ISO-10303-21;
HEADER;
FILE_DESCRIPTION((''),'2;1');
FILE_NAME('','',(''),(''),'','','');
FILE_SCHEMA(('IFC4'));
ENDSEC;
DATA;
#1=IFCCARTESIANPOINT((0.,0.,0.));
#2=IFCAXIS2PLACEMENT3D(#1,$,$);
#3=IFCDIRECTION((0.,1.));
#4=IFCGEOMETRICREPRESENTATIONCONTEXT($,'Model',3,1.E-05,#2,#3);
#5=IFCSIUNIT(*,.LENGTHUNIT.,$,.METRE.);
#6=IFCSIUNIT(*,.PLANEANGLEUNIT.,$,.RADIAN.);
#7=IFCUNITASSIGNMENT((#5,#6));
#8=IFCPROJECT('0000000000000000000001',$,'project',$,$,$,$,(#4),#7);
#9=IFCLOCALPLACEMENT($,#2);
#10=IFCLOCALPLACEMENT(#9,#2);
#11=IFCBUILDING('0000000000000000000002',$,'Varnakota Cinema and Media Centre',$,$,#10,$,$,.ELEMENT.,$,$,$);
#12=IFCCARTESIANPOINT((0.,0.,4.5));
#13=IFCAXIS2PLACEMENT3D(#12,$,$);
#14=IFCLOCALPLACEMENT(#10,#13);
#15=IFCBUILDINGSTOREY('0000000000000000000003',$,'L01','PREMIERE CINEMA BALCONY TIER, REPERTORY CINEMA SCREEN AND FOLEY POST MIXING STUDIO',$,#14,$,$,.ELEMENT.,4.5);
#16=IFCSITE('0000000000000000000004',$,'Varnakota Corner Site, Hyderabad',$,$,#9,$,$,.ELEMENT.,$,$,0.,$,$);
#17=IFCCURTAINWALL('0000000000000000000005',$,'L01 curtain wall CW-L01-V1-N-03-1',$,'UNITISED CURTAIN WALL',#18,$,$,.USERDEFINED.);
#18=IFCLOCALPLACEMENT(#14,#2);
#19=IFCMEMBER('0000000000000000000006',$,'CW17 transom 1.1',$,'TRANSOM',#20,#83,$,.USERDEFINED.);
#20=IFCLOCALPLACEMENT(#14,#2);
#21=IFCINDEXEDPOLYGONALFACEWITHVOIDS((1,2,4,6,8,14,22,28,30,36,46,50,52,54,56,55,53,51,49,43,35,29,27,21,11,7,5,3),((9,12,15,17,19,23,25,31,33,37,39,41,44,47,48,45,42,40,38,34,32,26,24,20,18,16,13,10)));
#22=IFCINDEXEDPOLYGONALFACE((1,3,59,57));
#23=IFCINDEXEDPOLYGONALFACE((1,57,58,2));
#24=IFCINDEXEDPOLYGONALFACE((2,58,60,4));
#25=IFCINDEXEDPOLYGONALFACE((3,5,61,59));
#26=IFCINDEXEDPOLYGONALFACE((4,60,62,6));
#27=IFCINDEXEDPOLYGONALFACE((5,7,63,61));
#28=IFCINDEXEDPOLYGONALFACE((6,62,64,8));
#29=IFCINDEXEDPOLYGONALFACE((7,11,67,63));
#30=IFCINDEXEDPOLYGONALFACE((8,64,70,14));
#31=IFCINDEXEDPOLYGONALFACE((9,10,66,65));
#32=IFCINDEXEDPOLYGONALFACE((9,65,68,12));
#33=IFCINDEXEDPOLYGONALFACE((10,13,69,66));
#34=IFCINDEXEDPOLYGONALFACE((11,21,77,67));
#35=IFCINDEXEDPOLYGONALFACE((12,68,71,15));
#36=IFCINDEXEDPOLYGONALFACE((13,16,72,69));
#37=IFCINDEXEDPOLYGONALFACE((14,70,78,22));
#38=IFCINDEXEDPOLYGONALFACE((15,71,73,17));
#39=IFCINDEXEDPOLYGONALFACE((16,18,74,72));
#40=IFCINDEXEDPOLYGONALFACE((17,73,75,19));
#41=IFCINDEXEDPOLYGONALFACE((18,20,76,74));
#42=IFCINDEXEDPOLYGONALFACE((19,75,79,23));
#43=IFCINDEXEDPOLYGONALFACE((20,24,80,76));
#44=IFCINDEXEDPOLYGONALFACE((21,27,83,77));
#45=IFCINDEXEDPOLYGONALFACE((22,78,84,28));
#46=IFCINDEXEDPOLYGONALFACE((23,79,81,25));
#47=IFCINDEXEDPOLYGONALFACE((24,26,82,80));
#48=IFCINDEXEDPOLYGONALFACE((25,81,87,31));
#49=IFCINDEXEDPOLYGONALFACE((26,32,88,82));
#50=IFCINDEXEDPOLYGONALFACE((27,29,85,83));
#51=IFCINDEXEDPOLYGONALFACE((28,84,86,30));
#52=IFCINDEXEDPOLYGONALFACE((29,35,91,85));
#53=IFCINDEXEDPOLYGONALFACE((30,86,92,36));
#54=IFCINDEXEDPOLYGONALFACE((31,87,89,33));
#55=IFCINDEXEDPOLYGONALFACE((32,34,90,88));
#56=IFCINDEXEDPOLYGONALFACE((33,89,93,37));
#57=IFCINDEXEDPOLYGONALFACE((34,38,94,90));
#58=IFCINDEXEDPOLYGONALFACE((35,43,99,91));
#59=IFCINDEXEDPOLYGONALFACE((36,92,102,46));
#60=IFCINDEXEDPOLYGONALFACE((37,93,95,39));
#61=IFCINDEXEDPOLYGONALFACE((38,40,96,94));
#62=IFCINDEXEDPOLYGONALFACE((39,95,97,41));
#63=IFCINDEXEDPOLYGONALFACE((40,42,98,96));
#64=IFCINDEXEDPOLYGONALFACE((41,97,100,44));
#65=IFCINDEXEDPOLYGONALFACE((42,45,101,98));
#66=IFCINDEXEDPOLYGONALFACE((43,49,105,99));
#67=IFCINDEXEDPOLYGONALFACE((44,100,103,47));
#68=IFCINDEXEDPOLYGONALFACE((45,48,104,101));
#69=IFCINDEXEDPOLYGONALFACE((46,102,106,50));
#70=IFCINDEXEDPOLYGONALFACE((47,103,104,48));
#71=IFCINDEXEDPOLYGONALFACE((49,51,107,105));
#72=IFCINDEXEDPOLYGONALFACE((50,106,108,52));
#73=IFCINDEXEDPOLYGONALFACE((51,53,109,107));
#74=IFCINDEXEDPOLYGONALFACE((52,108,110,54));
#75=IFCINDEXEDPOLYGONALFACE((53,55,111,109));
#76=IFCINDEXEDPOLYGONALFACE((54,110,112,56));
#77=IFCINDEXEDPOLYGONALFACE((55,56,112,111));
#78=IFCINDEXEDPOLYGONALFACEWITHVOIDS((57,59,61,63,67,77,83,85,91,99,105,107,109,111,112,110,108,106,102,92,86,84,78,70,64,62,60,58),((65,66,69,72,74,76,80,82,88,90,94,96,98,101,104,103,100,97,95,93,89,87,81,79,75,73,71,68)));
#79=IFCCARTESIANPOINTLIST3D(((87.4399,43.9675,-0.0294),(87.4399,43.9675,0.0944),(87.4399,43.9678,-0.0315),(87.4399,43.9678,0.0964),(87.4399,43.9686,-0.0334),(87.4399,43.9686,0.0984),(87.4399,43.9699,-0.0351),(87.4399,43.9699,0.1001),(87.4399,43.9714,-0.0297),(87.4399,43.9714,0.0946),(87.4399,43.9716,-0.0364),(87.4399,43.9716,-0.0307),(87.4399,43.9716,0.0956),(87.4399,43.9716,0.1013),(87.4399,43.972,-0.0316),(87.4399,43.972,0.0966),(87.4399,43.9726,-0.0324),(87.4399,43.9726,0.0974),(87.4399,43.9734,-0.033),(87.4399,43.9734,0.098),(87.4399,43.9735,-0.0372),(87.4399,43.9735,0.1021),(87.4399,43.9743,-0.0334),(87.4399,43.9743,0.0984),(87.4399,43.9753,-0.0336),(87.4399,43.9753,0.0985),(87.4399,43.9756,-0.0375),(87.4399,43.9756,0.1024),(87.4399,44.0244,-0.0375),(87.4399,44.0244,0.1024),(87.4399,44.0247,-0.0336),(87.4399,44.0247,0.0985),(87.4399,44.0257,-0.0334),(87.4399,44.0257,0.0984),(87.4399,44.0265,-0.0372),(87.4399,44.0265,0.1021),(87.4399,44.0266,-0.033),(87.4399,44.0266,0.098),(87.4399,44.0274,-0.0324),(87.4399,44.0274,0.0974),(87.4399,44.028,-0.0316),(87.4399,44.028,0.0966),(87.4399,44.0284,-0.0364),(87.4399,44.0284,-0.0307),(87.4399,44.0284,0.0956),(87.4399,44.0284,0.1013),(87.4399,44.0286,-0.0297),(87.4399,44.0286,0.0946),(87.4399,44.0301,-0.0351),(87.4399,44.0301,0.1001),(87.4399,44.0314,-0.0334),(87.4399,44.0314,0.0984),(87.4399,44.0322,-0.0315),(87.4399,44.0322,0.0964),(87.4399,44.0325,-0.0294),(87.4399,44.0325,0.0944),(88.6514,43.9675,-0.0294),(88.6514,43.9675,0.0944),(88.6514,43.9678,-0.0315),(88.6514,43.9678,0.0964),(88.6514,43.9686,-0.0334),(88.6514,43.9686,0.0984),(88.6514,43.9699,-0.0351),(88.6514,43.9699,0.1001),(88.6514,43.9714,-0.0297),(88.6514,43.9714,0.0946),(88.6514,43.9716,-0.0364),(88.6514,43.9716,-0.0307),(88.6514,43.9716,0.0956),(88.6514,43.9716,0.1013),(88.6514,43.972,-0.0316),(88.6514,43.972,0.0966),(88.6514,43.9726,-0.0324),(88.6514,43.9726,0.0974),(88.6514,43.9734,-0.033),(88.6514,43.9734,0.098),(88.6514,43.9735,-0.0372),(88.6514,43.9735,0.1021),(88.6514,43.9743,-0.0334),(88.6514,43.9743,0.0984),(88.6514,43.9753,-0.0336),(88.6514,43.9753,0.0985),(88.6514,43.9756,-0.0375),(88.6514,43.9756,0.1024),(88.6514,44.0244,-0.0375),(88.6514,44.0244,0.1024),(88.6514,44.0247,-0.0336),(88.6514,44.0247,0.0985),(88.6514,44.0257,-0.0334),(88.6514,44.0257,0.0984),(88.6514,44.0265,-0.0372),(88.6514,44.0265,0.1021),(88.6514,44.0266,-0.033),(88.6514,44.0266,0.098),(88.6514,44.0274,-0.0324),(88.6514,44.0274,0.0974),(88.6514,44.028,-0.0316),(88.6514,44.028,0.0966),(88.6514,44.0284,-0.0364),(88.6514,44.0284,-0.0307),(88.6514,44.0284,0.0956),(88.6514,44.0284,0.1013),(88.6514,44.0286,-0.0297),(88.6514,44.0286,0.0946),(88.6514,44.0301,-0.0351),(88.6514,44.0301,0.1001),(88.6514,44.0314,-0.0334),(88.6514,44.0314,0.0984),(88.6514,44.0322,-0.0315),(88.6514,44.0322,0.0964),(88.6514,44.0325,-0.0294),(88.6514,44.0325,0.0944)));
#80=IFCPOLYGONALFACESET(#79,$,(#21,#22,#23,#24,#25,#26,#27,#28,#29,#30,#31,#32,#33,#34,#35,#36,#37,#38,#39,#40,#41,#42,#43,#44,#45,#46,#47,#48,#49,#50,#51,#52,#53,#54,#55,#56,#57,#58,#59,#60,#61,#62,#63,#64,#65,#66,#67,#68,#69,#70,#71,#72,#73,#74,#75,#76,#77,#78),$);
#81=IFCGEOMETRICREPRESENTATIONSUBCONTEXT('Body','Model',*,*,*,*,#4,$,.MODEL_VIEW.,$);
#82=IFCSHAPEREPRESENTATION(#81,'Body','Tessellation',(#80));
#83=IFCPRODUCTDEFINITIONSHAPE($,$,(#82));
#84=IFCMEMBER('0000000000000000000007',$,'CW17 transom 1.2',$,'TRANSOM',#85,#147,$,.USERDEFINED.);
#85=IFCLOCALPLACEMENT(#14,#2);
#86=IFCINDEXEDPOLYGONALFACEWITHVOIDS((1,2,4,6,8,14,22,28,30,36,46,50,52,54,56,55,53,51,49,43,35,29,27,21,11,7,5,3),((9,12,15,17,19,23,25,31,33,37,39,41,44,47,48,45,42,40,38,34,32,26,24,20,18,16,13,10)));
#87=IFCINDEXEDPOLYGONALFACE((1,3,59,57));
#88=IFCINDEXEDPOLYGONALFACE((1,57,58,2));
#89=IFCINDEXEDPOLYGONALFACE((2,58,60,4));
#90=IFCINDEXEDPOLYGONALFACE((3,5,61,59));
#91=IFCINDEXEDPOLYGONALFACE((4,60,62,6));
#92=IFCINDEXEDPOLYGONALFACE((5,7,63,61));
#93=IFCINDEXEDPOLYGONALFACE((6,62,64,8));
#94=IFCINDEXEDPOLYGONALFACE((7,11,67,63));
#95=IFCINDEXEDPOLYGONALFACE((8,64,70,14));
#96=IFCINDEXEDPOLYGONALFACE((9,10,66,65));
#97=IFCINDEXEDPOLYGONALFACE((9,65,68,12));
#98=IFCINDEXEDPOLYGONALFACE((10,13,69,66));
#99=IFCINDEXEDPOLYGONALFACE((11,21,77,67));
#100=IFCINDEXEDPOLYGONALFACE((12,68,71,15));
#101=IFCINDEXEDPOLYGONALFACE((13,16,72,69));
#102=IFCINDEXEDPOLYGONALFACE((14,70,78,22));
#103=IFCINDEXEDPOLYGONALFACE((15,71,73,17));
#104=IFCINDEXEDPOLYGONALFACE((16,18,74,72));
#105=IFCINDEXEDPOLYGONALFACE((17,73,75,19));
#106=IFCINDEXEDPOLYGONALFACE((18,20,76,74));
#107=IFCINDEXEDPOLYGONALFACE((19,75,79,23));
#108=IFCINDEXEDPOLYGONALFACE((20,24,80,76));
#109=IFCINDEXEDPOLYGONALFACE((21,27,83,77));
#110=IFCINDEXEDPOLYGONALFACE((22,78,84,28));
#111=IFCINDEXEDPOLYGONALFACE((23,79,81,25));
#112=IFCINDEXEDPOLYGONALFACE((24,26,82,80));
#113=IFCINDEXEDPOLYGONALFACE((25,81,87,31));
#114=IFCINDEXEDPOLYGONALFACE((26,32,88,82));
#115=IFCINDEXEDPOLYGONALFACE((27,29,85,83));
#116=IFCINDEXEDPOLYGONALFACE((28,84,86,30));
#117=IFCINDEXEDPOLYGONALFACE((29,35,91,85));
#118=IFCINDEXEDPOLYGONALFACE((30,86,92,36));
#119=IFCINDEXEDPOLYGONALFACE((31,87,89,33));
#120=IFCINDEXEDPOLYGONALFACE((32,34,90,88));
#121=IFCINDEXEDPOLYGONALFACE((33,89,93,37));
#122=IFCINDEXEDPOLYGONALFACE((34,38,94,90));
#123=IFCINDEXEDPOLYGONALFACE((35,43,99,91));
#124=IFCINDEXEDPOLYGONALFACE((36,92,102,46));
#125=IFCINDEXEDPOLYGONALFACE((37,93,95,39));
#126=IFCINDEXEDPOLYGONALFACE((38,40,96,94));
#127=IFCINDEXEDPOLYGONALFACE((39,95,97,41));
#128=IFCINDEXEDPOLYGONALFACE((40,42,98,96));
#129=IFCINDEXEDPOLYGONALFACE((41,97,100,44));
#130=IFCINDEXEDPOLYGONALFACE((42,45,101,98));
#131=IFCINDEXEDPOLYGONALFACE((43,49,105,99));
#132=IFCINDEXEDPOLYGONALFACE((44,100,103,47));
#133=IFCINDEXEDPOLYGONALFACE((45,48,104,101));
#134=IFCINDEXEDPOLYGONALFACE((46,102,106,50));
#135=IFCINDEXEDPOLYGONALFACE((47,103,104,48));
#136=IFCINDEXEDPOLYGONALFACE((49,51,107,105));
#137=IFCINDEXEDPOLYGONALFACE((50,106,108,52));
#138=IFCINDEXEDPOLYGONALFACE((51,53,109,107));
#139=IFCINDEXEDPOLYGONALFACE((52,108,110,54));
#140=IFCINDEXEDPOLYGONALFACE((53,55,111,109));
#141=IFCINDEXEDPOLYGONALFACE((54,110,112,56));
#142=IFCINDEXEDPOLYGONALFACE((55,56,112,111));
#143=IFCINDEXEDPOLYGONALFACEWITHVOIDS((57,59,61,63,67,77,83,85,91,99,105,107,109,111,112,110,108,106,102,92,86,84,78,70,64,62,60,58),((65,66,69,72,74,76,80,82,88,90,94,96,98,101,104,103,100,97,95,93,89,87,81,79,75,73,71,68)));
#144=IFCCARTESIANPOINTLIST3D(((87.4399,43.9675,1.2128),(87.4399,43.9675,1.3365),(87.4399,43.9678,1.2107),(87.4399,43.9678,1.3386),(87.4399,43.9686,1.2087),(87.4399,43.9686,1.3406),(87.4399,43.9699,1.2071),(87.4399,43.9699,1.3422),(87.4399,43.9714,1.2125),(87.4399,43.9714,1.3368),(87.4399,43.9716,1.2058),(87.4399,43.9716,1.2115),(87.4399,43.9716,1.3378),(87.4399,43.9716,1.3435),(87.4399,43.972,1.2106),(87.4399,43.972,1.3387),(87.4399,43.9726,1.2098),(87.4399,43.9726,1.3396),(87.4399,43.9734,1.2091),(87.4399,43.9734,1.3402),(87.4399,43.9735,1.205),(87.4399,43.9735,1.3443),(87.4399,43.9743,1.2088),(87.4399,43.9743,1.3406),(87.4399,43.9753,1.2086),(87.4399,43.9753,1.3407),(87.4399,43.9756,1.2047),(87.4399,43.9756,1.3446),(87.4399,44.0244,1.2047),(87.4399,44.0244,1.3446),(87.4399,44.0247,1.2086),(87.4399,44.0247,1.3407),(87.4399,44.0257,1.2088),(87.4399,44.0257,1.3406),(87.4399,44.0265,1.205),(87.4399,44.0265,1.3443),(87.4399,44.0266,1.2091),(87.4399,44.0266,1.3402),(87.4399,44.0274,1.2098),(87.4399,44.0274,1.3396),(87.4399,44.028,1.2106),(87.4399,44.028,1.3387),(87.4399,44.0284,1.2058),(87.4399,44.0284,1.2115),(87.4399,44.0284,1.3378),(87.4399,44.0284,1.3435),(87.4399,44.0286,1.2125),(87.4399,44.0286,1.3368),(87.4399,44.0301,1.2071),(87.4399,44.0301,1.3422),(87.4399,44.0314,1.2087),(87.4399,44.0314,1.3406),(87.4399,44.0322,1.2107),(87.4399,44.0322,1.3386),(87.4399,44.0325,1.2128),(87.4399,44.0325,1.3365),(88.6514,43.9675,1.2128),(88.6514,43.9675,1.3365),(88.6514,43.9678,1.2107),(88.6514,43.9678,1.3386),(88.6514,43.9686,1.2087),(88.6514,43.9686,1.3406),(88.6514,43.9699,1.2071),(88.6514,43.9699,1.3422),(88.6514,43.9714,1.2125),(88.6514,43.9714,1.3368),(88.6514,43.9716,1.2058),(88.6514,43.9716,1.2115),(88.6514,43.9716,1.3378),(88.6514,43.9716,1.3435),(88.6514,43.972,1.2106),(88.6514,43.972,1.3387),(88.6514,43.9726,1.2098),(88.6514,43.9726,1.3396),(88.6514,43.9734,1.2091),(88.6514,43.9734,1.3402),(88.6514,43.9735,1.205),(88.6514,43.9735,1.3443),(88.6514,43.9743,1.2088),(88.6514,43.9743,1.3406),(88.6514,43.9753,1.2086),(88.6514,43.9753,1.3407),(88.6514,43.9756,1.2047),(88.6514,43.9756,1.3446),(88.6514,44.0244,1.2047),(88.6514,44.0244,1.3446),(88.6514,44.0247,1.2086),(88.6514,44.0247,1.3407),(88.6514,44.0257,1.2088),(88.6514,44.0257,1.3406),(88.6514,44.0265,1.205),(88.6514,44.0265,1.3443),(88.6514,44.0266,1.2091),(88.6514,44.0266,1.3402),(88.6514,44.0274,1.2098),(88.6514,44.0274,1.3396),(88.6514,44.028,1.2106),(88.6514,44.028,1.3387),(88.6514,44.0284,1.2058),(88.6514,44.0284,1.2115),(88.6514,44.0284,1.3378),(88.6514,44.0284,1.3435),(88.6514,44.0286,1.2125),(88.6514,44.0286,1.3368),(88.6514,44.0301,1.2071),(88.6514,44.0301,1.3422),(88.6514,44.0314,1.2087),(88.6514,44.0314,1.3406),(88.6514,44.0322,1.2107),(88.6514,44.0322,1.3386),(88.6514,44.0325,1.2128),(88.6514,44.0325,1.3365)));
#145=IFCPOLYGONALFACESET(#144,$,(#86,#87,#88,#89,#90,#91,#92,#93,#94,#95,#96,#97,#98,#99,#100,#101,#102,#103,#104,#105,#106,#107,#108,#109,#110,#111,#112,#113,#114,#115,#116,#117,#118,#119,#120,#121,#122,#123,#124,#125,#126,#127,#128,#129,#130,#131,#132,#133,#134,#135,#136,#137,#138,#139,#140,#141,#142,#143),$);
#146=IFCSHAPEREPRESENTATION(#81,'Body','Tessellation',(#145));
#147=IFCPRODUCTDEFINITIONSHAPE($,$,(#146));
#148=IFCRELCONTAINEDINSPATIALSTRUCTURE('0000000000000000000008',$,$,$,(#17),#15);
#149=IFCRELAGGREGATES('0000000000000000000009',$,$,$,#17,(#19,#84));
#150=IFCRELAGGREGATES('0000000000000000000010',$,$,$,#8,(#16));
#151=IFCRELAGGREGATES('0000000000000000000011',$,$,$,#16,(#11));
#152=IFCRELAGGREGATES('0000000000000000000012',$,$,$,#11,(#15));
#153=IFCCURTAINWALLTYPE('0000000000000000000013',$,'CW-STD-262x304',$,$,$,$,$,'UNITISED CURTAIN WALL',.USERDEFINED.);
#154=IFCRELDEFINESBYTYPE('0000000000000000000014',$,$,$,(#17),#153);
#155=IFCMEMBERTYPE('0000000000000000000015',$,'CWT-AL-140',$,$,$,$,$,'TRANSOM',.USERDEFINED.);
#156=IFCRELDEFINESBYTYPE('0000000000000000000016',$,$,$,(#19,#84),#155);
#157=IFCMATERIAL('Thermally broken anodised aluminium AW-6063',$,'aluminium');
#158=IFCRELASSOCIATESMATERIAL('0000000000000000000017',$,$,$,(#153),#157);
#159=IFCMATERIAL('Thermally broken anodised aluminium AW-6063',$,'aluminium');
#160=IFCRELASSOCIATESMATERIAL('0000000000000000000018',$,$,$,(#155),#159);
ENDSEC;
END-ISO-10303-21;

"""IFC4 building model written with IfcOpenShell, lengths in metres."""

from ifc_helpers import new_model, si_unit, direction, frame, origin, origin_2d, place, context, subcontext, project, spatial, hollow_rectangle, extrude, material, material_profile, profile_set, type_object, element, aggregate, save


model = new_model("IFC4")

# Units and contexts
model_context = context("Model", 3, precision=1e-05, world=origin(), true_north=direction((0.0, 1.0)))
body_context = subcontext(model_context, "Body", "Model", "MODEL_VIEW")
ifc_project = project(units=[si_unit("LENGTHUNIT", "METRE"), si_unit("PLANEANGLEUNIT", "RADIAN")], contexts=[model_context])

# Site, building, storey
site_placement = place(None, origin())
site = spatial("IfcSite", under=ifc_project, at=site_placement, Name="Varnakota Corner Site, Hyderabad", CompositionType="ELEMENT", RefElevation=0.0)
building_placement = place(site_placement, origin())
building = spatial("IfcBuilding", under=site, at=building_placement, Name="Varnakota Cinema and Media Centre", CompositionType="ELEMENT")
storey_placement = place(building_placement, frame((0.0, 0.0, 4.5)))
storey = spatial("IfcBuildingStorey", under=building, at=storey_placement, Name="L01", Description="PREMIERE CINEMA BALCONY TIER, REPERTORY CINEMA SCREEN AND FOLEY POST MIXING STUDIO", CompositionType="ELEMENT", Elevation=4.5)

# Curtain wall
ifc_material_1 = material(Name="Thermally broken anodised aluminium AW-6063", Category="aluminium")
curtain_wall_type = type_object("IfcCurtainWallType", Name="CW-STD-262x304", ElementType="UNITISED CURTAIN WALL", PredefinedType="USERDEFINED", material=ifc_material_1)
curtain_wall_1_placement = place(storey_placement, origin())
curtain_wall_1 = element("IfcCurtainWall", 1, at=curtain_wall_1_placement, inside=storey, type_object=curtain_wall_type, Name="L01 curtain wall CW-L01-V1-N-03-1", ObjectType="UNITISED CURTAIN WALL", PredefinedType="USERDEFINED")

# Members
ifc_material_2 = material(Name="Thermally broken anodised aluminium AW-6063", Category="aluminium")
ifc_material_profile_1 = material_profile(ifc_material_2, hollow_rectangle(XDim=0.0649, YDim=0.1399, WallThickness=0.0039, InnerFilletRadius=0.0039, OuterFilletRadius=0.0081, at=origin_2d()), Name="AL-TRANSOM 140x65x4")
ifc_profile_set_1 = profile_set([ifc_material_profile_1], Name="Thermally broken anodised aluminium AW-6063")
member_type_1 = type_object("IfcMemberType", Name="CWT-AL-140", ElementType="TRANSOM", PredefinedType="USERDEFINED", material=ifc_profile_set_1)
member_1_placement = place(storey_placement, frame((87.4399, 44.0, 0.0325), z_axis=(1.0, 0.0, 0.0), x_axis=(0.0, 1.0, 0.0)))
member_1 = element("IfcMember", 2, at=member_1_placement, type_object=member_type_1, Name="CW17 transom 1.1", ObjectType="TRANSOM", PredefinedType="USERDEFINED", context=body_context, shape_type="SweptSolid", body=[
    extrude(hollow_rectangle(XDim=0.0649, YDim=0.1399, WallThickness=0.0039, InnerFilletRadius=0.0039, OuterFilletRadius=0.0081, at=origin_2d()), origin(), (0.0, 0.0, 1.0), 1.2114),
])
member_2_placement = place(storey_placement, frame((87.4399, 44.0, 1.2747), z_axis=(1.0, 0.0, 0.0), x_axis=(0.0, 1.0, 0.0)))
member_2 = element("IfcMember", 3, at=member_2_placement, type_object=member_type_1, Name="CW17 transom 1.2", ObjectType="TRANSOM", PredefinedType="USERDEFINED", context=body_context, shape_type="SweptSolid", body=[
    extrude(hollow_rectangle(XDim=0.0649, YDim=0.1399, WallThickness=0.0039, InnerFilletRadius=0.0039, OuterFilletRadius=0.0081, at=origin_2d()), origin(), (0.0, 0.0, 1.0), 1.2114),
])

aggregate(curtain_wall_1, [member_1, member_2])

save(model, "model.ifc")
